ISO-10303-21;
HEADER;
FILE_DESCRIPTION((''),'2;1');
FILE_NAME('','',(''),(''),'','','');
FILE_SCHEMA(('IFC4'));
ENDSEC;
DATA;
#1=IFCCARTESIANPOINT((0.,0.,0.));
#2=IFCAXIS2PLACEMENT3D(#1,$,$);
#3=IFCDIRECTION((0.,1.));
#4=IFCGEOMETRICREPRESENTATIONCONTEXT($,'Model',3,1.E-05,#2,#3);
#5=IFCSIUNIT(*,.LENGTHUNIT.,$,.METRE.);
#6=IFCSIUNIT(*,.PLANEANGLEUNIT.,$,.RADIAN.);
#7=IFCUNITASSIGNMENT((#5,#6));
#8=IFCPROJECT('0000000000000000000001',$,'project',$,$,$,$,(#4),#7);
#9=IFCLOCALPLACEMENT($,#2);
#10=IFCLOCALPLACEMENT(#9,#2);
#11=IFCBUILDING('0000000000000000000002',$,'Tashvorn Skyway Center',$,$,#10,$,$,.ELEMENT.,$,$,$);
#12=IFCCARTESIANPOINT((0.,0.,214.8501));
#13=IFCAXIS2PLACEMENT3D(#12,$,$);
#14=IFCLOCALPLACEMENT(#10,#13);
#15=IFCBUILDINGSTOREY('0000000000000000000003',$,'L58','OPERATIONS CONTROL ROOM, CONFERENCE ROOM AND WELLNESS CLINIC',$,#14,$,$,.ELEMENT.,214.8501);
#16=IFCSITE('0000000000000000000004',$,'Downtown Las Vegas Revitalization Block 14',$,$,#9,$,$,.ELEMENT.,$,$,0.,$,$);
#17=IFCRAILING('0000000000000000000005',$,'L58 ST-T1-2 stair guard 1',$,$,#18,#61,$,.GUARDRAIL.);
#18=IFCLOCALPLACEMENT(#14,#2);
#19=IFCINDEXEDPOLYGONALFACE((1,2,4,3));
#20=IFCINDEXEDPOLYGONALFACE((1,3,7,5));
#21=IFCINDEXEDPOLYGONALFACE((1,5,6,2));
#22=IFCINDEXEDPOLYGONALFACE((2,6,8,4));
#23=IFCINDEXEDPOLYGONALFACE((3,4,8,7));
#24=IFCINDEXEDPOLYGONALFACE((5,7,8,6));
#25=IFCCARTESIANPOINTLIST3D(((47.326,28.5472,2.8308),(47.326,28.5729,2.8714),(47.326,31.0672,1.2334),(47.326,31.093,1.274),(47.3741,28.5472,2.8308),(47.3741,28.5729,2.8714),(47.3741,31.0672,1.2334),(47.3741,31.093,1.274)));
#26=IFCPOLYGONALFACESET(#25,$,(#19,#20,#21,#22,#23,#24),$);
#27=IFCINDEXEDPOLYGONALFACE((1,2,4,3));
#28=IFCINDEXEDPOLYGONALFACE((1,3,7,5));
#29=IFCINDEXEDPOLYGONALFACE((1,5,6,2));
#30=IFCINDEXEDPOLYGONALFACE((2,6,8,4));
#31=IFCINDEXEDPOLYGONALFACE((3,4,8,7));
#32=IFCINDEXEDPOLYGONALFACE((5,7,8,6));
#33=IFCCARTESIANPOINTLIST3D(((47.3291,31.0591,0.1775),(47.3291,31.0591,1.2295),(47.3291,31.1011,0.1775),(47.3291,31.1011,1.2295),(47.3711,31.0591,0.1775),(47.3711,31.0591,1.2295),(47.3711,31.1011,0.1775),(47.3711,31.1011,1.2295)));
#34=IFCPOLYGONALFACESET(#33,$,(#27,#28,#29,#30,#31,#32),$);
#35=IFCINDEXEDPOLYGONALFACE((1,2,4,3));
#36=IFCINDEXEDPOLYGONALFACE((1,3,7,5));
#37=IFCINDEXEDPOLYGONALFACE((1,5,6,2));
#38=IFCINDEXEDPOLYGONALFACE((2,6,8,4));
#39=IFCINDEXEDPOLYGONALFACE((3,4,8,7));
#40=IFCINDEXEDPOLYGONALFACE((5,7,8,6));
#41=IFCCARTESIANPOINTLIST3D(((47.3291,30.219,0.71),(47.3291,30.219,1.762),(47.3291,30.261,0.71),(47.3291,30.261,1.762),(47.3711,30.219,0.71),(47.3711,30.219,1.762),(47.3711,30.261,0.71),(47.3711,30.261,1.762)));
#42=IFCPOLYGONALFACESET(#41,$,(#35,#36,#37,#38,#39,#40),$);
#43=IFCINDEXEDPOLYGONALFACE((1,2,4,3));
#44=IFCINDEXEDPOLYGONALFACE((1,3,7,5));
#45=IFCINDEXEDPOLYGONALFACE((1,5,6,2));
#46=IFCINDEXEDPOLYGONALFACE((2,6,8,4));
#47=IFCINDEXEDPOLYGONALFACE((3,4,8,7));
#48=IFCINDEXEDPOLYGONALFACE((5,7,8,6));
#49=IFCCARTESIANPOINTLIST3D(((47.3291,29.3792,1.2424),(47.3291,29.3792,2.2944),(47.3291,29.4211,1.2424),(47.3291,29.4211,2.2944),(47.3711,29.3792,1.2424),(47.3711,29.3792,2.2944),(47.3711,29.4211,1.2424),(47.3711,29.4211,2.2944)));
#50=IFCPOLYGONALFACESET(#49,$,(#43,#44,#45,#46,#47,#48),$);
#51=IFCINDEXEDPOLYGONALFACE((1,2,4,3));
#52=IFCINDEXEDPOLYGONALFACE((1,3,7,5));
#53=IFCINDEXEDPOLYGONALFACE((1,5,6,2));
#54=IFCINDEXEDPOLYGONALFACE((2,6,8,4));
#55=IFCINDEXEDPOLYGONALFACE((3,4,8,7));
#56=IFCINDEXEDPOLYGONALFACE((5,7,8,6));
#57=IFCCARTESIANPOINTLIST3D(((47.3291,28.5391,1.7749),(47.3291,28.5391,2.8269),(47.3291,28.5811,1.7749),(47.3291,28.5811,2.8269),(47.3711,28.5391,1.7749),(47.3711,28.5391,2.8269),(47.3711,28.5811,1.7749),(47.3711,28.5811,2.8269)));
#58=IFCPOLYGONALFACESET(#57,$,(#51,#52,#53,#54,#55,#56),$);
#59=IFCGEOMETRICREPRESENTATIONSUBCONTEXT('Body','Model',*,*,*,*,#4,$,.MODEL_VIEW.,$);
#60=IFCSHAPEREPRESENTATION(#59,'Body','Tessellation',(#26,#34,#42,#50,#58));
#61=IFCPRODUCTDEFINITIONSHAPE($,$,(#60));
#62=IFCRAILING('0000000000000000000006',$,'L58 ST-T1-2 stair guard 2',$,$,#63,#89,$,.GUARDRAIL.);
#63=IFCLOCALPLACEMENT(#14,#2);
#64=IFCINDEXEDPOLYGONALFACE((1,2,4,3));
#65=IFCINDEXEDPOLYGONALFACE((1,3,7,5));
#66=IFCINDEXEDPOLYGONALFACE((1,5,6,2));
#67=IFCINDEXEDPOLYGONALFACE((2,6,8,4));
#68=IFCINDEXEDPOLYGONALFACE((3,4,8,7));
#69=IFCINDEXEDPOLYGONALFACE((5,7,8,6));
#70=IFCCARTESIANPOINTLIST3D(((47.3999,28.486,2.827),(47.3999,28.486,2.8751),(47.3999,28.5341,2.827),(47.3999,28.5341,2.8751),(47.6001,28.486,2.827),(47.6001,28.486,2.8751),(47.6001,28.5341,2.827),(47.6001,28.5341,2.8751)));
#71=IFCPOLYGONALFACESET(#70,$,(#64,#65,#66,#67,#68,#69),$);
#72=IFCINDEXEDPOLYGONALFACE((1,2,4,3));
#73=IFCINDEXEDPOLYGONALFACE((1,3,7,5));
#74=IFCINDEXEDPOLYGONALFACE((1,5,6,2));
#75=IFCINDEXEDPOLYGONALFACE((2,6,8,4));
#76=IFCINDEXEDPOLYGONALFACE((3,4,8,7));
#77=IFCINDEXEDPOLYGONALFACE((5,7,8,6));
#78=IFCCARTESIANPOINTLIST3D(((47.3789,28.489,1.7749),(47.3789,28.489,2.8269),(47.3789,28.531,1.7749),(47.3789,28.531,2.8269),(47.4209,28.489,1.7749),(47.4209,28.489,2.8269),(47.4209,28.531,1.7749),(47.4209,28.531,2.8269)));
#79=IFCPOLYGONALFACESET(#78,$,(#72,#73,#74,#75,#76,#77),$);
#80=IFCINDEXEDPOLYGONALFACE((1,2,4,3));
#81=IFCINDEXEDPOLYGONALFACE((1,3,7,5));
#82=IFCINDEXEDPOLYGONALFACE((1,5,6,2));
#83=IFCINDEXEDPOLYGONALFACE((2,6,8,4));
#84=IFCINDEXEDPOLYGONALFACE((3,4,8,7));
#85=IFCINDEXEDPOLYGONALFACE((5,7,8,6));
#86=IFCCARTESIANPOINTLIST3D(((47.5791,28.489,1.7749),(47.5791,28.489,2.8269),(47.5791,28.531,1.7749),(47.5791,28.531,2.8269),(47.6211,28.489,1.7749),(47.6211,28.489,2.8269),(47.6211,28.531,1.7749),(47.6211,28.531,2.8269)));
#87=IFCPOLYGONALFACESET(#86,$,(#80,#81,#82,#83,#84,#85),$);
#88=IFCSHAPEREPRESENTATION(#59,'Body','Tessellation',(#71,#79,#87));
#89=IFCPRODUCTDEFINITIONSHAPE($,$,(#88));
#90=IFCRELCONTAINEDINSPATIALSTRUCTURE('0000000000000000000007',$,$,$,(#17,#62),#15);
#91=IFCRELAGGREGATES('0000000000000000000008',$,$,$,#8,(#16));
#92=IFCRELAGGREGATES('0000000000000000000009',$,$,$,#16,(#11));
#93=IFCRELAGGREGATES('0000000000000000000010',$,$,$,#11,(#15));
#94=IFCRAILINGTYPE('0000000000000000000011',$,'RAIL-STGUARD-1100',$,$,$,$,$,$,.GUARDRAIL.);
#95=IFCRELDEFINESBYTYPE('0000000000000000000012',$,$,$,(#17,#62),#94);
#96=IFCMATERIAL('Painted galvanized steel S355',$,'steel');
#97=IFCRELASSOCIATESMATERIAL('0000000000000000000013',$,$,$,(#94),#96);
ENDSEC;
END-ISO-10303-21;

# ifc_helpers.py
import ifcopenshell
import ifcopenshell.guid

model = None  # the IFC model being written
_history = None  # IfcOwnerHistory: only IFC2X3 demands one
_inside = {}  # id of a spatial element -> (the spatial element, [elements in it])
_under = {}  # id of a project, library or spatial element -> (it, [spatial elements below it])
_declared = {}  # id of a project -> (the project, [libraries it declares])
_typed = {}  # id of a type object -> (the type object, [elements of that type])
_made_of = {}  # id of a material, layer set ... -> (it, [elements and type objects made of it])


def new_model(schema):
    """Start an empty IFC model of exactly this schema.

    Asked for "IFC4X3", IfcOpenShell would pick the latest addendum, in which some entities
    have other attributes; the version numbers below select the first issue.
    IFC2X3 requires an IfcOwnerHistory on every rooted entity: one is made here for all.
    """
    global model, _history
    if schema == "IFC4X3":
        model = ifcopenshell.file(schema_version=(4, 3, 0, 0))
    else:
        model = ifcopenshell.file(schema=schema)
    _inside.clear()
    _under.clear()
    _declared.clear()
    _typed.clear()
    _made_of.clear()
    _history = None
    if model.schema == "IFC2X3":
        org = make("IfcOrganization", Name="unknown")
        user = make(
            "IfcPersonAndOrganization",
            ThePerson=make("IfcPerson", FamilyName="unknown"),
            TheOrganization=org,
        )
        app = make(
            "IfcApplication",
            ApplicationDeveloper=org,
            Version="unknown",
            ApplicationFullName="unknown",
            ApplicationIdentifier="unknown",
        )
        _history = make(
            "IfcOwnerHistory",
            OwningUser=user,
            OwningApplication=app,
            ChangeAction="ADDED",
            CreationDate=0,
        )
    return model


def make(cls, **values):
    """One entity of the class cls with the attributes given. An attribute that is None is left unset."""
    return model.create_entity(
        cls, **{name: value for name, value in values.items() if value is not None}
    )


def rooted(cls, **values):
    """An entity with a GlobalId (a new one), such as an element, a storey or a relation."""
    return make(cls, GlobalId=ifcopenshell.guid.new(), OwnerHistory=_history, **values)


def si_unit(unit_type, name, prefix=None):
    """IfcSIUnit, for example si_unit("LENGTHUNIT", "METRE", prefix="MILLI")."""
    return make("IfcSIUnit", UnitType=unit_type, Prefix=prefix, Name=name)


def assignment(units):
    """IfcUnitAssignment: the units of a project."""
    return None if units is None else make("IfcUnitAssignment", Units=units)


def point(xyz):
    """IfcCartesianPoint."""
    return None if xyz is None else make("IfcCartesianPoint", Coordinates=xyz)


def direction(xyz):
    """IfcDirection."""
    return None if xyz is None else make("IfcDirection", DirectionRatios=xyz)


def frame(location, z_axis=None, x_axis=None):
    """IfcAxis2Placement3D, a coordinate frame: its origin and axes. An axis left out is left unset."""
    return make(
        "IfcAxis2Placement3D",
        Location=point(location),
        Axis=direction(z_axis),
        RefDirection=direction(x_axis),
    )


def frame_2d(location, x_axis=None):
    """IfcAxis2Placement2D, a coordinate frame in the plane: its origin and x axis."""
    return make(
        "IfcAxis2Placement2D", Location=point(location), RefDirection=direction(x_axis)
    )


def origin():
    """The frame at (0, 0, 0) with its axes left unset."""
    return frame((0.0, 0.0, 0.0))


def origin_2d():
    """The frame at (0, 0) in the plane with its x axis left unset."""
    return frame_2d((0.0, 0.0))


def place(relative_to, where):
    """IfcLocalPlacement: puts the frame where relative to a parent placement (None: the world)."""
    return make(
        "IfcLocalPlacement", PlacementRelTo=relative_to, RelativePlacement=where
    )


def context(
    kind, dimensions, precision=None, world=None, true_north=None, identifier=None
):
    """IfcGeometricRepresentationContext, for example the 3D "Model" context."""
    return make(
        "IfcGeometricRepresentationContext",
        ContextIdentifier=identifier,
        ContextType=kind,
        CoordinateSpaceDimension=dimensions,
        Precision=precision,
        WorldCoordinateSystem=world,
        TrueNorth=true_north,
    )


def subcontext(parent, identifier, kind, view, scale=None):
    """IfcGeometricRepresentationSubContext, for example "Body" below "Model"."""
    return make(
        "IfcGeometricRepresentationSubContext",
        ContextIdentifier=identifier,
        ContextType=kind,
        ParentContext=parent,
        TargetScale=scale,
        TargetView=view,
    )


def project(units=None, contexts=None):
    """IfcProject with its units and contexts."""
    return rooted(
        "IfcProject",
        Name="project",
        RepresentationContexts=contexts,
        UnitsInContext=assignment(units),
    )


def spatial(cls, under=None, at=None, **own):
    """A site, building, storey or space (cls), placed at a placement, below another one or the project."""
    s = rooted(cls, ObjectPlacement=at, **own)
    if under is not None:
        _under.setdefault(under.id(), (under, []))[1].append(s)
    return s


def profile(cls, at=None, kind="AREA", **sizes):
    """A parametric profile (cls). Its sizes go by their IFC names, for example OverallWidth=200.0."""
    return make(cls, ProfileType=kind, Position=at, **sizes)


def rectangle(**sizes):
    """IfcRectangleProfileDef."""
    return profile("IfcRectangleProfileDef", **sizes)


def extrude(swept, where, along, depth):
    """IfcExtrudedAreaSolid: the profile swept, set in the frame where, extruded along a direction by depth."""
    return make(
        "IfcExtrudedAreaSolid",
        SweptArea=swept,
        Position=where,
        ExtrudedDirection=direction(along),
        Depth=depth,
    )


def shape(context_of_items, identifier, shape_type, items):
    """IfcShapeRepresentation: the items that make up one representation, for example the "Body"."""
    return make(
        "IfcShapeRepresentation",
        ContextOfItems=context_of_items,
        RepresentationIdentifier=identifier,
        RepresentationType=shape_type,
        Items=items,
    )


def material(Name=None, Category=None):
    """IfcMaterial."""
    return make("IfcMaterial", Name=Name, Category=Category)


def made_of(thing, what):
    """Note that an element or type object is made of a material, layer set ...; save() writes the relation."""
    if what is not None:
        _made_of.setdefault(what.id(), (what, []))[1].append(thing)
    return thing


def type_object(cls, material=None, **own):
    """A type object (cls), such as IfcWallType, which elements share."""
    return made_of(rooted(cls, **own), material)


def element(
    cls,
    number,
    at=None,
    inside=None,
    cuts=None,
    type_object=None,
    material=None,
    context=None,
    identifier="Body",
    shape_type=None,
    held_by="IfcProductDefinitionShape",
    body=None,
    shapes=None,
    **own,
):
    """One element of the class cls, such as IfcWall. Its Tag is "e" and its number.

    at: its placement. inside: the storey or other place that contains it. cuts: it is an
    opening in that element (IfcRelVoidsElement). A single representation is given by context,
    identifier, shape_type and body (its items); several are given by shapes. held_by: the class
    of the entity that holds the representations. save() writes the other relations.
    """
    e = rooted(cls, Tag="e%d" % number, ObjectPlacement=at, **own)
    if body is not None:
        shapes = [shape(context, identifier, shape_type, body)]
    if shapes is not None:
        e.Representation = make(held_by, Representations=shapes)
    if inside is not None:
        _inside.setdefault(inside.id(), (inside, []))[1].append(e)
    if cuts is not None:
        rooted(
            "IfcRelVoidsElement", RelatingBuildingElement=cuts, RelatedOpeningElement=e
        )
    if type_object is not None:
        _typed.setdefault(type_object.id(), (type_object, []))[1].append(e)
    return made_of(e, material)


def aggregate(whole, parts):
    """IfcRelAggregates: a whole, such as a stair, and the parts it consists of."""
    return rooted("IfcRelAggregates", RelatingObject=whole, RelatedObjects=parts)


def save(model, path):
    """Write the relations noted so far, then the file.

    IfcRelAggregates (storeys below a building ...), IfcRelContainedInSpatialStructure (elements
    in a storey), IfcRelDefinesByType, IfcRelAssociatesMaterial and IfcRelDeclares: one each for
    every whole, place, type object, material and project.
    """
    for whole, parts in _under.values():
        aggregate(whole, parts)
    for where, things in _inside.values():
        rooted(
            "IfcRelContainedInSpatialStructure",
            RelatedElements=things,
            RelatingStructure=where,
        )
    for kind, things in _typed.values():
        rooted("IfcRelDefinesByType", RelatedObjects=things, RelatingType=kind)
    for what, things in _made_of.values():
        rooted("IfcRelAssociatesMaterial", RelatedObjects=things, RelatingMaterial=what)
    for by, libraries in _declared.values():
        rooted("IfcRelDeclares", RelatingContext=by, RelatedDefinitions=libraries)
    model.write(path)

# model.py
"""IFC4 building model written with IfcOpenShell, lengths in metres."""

from ifc_helpers import new_model, si_unit, direction, frame, origin, origin_2d, place, context, subcontext, project, spatial, rectangle, extrude, material, type_object, element, save


model = new_model("IFC4")

# Units and contexts
model_context = context("Model", 3, precision=1e-05, world=origin(), true_north=direction((0.0, 1.0)))
body_context = subcontext(model_context, "Body", "Model", "MODEL_VIEW")
ifc_project = project(units=[si_unit("LENGTHUNIT", "METRE"), si_unit("PLANEANGLEUNIT", "RADIAN")], contexts=[model_context])

# Site, building, storey
site_placement = place(None, origin())
site = spatial("IfcSite", under=ifc_project, at=site_placement, Name="Downtown Las Vegas Revitalization Block 14", CompositionType="ELEMENT", RefElevation=0.0)
building_placement = place(site_placement, origin())
building = spatial("IfcBuilding", under=site, at=building_placement, Name="Tashvorn Skyway Center", CompositionType="ELEMENT")
storey_placement = place(building_placement, frame((0.0, 0.0, 214.8501)))
storey = spatial("IfcBuildingStorey", under=building, at=storey_placement, Name="L58", Description="OPERATIONS CONTROL ROOM, CONFERENCE ROOM AND WELLNESS CLINIC", CompositionType="ELEMENT", Elevation=214.8501)

# Railings
ifc_material_1 = material(Name="Painted galvanized steel S355", Category="steel")
railing_type_1 = type_object("IfcRailingType", Name="RAIL-STGUARD-1100", PredefinedType="GUARDRAIL", material=ifc_material_1)
railing_1_placement = place(storey_placement, frame((47.3501, 31.0801, 0.1775)))
element("IfcRailing", 1, at=railing_1_placement, inside=storey, type_object=railing_type_1, Name="L58 ST-T1-2 stair guard 1", PredefinedType="GUARDRAIL", context=body_context, shape_type="SweptSolid", body=[
    extrude(rectangle(XDim=0.0481, YDim=0.0481, at=origin_2d()), frame((0.0, 0.0, 1.0762), z_axis=(0.0, -0.844607, 0.535387), x_axis=(1.0, 0.0, 0.0)), (0.0, 0.0, 1.0), 2.9836),
    extrude(rectangle(XDim=0.042, YDim=0.042, at=origin_2d()), origin(), (0.0, 0.0, 1.0), 1.052),
    extrude(rectangle(XDim=0.042, YDim=0.042, at=origin_2d()), frame((0.0, -0.8401, 0.5325)), (0.0, 0.0, 1.0), 1.052),
    extrude(rectangle(XDim=0.042, YDim=0.042, at=origin_2d()), frame((0.0, -1.6799, 1.0649)), (0.0, 0.0, 1.0), 1.052),
    extrude(rectangle(XDim=0.042, YDim=0.042, at=origin_2d()), frame((0.0, -2.52, 1.5974)), (0.0, 0.0, 1.0), 1.052),
])
railing_2_placement = place(storey_placement, frame((47.3999, 28.51, 1.7749)))
element("IfcRailing", 2, at=railing_2_placement, inside=storey, type_object=railing_type_1, Name="L58 ST-T1-2 stair guard 2", PredefinedType="GUARDRAIL", context=body_context, shape_type="SweptSolid", body=[
    extrude(rectangle(XDim=0.0481, YDim=0.0481, at=origin_2d()), frame((0.0, 0.0, 1.0762), z_axis=(1.0, 0.0, 0.0), x_axis=(0.0, 1.0, 0.0)), (0.0, 0.0, 1.0), 0.2002),
    extrude(rectangle(XDim=0.042, YDim=0.042, at=origin_2d()), origin(), (0.0, 0.0, 1.0), 1.052),
    extrude(rectangle(XDim=0.042, YDim=0.042, at=origin_2d()), frame((0.2002, 0.0, 0.0)), (0.0, 0.0, 1.0), 1.052),
])

save(model, "model.ifc")
